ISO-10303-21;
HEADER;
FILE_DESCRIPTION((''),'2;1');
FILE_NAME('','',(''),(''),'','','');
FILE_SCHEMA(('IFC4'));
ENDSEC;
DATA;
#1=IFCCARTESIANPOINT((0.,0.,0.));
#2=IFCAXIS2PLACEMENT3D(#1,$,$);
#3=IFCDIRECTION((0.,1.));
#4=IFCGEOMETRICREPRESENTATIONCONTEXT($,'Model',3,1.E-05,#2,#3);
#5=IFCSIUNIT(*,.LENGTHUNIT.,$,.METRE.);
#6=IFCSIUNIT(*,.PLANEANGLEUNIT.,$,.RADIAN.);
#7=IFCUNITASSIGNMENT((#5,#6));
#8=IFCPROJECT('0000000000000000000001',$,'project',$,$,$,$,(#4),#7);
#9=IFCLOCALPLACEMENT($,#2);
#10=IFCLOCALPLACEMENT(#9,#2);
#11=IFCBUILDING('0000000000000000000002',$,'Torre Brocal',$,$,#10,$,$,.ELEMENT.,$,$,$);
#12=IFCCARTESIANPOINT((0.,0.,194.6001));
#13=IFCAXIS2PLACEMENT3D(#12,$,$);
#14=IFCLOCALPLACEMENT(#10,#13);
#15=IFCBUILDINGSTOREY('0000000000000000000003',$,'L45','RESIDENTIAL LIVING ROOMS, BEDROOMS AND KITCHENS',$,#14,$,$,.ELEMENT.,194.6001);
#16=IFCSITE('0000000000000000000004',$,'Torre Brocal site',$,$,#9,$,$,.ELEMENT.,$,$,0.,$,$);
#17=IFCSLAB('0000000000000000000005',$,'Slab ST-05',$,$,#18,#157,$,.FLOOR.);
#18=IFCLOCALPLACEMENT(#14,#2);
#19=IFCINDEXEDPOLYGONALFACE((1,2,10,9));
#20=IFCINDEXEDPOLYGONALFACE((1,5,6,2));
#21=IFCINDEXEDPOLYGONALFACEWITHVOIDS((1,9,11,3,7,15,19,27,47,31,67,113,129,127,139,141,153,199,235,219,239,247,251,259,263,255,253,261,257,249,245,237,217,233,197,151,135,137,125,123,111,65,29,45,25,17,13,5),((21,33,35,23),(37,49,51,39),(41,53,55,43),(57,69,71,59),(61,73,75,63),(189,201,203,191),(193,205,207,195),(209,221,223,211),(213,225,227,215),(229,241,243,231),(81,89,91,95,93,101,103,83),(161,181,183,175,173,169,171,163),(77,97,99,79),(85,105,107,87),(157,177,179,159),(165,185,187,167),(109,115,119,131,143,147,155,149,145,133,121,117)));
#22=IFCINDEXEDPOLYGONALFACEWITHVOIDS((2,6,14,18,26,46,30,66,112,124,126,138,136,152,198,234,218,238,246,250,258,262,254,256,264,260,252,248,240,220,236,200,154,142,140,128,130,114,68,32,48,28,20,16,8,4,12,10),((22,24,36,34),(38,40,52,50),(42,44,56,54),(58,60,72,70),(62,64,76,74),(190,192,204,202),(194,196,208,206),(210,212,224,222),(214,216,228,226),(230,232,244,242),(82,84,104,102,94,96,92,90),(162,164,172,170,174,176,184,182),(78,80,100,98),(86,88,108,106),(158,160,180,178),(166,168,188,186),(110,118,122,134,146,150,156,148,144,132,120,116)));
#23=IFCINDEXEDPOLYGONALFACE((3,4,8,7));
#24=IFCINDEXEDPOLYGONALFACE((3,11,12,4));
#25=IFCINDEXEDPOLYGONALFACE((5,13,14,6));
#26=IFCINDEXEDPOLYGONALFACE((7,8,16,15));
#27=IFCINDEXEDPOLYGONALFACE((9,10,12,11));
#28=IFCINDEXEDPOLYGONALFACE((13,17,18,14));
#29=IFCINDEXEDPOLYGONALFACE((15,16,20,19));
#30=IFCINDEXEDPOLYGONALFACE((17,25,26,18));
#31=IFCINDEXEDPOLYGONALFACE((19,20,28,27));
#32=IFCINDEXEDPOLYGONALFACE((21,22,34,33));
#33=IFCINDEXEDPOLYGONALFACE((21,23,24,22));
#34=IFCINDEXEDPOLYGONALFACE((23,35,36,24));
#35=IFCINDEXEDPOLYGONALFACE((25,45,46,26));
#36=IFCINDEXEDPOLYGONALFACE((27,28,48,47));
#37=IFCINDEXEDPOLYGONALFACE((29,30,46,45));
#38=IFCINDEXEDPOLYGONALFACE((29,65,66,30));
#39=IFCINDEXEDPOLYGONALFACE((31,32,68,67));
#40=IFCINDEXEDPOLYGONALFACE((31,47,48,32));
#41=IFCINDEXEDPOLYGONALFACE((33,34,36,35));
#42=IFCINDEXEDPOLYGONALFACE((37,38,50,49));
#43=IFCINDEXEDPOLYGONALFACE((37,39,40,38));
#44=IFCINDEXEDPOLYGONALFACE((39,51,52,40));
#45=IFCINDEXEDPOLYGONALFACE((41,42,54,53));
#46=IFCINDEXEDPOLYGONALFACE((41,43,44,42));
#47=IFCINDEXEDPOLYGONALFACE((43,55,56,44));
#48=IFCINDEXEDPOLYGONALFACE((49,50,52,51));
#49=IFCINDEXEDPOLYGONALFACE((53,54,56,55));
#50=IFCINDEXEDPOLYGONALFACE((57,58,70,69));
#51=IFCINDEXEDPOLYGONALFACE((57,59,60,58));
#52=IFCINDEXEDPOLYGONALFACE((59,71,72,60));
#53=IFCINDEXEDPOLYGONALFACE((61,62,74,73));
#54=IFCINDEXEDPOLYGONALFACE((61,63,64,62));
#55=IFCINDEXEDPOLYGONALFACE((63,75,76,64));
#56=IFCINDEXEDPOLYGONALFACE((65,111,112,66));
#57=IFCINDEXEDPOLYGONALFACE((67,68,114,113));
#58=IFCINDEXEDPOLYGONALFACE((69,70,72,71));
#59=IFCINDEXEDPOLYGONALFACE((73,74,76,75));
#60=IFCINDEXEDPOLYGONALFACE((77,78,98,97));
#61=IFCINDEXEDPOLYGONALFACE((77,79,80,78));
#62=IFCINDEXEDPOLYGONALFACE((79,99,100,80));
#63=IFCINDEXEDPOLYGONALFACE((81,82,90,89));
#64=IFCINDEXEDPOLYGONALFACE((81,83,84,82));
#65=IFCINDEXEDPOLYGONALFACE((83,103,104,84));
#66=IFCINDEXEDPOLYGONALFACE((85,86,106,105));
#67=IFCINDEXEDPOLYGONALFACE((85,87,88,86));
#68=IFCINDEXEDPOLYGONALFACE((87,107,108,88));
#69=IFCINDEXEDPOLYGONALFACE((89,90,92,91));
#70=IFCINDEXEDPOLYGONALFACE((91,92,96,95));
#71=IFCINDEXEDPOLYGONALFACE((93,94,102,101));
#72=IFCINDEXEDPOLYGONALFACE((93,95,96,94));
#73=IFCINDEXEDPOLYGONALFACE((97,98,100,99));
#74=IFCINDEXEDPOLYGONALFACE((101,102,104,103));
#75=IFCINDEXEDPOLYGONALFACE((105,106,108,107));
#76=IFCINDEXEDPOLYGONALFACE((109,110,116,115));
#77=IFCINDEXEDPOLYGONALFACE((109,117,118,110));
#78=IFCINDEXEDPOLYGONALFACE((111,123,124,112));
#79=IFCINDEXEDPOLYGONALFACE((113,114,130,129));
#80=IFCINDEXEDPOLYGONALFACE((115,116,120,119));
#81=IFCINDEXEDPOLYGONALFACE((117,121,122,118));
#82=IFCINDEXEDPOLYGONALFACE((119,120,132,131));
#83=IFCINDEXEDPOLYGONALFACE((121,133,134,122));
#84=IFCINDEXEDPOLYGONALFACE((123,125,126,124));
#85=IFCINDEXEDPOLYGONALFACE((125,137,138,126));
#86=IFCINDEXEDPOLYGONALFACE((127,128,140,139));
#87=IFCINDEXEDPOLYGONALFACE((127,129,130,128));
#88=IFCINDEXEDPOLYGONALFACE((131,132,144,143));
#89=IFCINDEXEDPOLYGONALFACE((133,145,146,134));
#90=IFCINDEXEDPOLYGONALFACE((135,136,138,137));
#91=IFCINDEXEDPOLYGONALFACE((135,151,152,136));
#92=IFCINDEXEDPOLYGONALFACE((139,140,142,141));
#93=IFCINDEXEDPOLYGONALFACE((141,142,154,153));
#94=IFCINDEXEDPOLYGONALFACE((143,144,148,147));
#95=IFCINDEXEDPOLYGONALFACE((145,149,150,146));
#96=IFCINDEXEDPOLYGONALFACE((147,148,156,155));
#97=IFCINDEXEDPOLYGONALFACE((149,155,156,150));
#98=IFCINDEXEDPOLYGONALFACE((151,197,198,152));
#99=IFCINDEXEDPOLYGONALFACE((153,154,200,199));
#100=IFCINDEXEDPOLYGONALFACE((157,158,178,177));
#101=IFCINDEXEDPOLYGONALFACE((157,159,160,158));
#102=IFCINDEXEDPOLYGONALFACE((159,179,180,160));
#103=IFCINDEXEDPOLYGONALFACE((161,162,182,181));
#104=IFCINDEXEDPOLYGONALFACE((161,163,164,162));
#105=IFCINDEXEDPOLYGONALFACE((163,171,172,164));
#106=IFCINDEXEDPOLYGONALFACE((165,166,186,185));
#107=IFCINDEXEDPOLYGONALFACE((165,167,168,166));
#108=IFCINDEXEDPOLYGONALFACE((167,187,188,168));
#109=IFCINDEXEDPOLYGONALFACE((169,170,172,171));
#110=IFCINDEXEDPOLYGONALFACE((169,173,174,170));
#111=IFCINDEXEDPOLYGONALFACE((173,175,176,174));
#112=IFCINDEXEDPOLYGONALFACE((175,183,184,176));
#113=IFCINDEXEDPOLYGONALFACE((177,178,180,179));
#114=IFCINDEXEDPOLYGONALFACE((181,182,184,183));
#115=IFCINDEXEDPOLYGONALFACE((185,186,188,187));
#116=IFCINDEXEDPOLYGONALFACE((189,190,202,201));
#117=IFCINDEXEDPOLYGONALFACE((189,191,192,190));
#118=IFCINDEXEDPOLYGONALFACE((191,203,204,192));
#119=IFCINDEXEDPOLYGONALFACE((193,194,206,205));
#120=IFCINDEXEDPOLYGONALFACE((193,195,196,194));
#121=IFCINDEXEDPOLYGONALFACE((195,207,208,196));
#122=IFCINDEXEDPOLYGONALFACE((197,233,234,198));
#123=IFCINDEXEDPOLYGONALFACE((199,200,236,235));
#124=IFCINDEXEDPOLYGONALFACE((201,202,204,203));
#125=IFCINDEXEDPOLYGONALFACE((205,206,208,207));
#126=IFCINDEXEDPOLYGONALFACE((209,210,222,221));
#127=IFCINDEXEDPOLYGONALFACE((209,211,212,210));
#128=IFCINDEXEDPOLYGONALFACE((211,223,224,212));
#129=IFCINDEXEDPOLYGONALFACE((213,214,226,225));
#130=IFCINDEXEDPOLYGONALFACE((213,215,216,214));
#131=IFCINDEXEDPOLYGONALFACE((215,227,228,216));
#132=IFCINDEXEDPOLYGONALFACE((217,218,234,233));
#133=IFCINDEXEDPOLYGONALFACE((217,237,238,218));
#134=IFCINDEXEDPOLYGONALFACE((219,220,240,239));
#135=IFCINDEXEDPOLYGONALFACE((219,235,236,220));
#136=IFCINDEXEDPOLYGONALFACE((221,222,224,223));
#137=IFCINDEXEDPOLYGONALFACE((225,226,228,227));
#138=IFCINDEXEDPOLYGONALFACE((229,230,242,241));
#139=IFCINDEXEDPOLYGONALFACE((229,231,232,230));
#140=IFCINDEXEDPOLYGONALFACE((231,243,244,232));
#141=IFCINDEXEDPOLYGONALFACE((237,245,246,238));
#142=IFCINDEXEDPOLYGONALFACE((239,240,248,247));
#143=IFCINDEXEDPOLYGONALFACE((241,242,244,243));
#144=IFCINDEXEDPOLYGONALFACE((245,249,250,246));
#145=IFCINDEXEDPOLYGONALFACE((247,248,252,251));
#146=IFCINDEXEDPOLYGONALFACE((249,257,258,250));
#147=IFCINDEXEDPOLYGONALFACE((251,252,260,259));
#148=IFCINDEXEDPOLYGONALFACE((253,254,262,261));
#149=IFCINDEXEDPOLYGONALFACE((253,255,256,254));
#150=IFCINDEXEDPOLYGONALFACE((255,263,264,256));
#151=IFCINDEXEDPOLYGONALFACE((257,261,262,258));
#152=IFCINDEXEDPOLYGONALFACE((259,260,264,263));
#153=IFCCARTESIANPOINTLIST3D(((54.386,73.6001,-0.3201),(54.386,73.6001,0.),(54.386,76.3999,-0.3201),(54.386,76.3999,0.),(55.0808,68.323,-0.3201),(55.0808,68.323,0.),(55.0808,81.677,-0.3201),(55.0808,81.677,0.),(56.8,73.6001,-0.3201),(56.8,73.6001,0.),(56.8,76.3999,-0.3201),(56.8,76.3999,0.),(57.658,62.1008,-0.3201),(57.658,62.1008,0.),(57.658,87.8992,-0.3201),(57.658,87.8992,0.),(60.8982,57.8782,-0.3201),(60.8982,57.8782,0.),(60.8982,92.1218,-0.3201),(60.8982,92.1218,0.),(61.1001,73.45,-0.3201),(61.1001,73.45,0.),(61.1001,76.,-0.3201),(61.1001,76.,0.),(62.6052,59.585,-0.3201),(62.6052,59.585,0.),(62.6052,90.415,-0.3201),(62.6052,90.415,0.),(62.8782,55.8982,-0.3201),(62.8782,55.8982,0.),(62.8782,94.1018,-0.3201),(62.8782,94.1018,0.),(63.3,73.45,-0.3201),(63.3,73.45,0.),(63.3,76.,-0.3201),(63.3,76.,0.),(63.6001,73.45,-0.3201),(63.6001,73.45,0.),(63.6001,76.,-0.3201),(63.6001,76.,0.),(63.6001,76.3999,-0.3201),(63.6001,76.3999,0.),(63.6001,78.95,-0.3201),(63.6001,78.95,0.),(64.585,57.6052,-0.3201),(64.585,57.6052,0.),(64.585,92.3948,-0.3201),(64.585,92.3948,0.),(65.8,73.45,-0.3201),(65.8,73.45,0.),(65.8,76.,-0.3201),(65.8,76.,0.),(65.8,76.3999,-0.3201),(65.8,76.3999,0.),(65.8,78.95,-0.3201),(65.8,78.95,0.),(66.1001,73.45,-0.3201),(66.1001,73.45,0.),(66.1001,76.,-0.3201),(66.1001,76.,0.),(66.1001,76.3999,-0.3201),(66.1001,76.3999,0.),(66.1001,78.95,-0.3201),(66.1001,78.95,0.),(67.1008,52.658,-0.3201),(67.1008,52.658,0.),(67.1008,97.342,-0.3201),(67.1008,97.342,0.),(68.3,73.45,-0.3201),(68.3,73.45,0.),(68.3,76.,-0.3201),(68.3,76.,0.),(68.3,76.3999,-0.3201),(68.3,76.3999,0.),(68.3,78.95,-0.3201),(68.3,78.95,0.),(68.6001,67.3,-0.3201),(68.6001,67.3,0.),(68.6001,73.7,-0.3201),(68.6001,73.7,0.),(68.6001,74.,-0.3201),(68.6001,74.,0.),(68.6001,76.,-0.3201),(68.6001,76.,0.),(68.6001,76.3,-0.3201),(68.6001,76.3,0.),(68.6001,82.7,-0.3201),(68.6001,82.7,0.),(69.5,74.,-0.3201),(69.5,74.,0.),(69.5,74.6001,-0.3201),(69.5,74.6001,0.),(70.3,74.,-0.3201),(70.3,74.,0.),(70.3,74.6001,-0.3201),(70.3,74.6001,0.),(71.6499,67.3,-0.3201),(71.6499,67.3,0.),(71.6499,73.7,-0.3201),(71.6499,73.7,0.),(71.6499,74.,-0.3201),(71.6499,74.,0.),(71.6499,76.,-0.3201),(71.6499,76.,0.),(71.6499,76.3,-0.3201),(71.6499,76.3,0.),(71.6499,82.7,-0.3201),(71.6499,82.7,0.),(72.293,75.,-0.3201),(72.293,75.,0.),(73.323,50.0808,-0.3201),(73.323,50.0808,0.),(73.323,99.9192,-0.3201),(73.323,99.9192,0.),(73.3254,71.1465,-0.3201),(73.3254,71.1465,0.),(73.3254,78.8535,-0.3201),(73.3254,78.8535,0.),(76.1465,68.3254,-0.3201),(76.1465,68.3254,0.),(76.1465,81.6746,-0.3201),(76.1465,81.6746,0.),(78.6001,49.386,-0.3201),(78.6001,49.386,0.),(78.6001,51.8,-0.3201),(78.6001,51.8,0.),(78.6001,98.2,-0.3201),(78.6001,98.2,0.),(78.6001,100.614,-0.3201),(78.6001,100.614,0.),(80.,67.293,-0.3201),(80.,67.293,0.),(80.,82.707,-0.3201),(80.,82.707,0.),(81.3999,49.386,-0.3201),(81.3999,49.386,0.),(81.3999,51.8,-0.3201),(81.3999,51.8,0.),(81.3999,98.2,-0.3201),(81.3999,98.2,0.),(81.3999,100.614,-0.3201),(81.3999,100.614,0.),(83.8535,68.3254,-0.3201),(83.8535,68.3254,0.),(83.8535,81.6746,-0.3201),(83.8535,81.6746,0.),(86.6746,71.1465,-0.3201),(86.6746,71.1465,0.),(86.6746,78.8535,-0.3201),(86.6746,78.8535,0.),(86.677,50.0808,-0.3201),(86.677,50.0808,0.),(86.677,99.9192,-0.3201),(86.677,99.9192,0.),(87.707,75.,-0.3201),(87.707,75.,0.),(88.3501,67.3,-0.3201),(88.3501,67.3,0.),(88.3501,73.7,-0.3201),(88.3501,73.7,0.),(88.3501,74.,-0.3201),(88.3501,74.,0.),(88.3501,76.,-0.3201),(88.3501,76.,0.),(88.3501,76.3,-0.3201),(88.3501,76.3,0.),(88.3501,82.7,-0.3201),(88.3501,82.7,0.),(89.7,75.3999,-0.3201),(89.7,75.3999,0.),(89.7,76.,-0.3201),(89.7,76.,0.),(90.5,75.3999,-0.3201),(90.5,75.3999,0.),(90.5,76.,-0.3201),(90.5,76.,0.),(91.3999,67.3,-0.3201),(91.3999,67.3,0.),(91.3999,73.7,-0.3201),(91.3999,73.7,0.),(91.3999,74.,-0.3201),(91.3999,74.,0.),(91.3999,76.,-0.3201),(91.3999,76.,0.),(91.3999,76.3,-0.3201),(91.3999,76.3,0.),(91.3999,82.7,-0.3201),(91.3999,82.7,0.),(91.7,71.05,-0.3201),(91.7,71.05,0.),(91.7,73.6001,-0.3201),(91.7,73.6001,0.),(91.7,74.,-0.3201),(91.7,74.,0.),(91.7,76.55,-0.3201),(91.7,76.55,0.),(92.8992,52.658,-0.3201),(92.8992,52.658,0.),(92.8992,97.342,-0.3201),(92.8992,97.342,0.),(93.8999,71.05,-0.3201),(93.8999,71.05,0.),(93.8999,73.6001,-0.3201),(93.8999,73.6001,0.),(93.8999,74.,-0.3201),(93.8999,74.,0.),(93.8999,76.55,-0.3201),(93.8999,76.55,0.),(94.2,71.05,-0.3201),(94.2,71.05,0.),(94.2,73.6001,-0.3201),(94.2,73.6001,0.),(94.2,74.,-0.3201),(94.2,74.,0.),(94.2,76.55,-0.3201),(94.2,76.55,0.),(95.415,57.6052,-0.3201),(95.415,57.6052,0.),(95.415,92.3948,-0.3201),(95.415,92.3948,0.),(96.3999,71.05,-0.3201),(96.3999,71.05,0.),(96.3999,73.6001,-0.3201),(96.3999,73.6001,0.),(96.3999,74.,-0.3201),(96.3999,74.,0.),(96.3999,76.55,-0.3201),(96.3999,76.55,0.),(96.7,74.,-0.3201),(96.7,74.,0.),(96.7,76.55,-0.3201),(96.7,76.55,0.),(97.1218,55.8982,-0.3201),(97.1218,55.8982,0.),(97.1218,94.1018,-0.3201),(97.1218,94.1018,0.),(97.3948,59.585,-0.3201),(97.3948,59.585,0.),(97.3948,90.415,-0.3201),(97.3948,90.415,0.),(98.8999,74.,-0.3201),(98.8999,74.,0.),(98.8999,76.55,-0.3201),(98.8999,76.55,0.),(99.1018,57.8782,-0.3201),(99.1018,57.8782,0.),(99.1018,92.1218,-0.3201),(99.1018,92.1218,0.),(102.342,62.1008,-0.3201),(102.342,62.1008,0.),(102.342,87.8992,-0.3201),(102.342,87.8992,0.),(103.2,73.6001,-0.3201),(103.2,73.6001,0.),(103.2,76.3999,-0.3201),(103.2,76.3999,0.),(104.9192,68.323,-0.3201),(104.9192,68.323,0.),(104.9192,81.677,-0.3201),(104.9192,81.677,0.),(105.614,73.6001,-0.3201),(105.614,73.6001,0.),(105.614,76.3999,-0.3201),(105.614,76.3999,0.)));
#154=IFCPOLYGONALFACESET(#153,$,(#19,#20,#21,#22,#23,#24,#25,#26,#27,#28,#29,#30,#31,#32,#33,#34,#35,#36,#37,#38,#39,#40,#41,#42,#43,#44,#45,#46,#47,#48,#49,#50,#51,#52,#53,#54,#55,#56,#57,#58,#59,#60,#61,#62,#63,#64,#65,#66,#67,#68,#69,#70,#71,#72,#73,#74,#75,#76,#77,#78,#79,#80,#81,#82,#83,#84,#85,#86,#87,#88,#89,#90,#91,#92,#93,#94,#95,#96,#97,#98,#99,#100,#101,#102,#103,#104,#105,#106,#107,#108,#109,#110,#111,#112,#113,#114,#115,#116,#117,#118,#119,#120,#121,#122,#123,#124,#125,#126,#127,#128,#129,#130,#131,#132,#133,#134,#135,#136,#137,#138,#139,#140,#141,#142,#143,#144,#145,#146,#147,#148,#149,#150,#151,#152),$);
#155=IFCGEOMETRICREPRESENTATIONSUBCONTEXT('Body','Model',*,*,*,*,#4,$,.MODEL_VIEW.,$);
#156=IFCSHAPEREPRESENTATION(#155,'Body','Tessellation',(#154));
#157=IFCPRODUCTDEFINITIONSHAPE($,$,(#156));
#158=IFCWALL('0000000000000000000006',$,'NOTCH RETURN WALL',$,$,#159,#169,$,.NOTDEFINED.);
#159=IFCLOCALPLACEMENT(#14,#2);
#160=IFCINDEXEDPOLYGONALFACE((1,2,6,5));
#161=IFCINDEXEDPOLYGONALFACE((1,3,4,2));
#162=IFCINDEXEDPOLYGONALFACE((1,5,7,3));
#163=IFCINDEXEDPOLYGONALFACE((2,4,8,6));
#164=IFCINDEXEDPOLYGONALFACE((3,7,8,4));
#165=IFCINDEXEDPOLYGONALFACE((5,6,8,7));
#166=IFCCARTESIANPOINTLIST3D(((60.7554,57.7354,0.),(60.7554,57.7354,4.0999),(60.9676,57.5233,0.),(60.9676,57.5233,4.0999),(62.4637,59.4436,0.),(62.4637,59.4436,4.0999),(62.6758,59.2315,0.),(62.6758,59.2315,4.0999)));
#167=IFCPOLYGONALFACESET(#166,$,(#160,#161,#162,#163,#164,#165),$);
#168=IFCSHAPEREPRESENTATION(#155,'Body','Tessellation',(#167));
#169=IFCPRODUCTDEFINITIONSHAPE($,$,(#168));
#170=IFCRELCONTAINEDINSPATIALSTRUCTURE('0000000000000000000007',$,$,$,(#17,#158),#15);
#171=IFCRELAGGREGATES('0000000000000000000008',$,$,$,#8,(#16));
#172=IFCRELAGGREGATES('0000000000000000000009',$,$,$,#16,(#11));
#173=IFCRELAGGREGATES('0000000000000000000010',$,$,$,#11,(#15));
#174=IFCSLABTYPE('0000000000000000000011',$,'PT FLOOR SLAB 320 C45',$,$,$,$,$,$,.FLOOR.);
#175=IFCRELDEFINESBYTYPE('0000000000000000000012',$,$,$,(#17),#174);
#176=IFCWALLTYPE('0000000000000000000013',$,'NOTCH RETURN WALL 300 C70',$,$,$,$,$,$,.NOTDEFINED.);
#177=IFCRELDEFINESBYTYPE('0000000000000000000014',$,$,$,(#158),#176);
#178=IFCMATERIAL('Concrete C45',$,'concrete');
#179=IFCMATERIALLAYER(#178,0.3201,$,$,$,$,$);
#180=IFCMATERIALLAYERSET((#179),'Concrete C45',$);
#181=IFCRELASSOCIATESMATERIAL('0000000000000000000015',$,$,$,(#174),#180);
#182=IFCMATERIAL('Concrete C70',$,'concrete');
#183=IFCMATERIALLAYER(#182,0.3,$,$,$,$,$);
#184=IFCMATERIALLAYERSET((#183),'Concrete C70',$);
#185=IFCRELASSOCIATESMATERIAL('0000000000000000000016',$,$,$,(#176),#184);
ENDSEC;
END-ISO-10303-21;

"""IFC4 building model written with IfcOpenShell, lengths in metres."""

from ifc_helpers import new_model, si_unit, direction, frame, frame_2d, origin, place, context, subcontext, project, spatial, polyline, rectangle, outline, extrude, material, layer, layer_set, type_object, element, save


model = new_model("IFC4")

# Units and contexts
model_context = context("Model", 3, precision=1e-05, world=origin(), true_north=direction((0.0, 1.0)))
body_context = subcontext(model_context, "Body", "Model", "MODEL_VIEW")
ifc_project = project(units=[si_unit("LENGTHUNIT", "METRE"), si_unit("PLANEANGLEUNIT", "RADIAN")], contexts=[model_context])

# Site, building, storey
site_placement = place(None, origin())
site = spatial("IfcSite", under=ifc_project, at=site_placement, Name="Torre Brocal site", CompositionType="ELEMENT", RefElevation=0.0)
building_placement = place(site_placement, origin())
building = spatial("IfcBuilding", under=site, at=building_placement, Name="Torre Brocal", CompositionType="ELEMENT")
storey_placement = place(building_placement, frame((0.0, 0.0, 194.6001)))
storey = spatial("IfcBuildingStorey", under=building, at=storey_placement, Name="L45", Description="RESIDENTIAL LIVING ROOMS, BEDROOMS AND KITCHENS", CompositionType="ELEMENT", Elevation=194.6001)

# Slab
ifc_material_1 = material(Name="Concrete C45", Category="concrete")
ifc_layer_1 = layer(ifc_material_1, 0.3201)
ifc_layer_set_1 = layer_set([ifc_layer_1], Name="Concrete C45")
slab_type_1 = type_object("IfcSlabType", Name="PT FLOOR SLAB 320 C45", PredefinedType="FLOOR", material=ifc_layer_set_1)
slab_1_placement = place(storey_placement, frame((0.0, 0.0, -0.3201)))
element("IfcSlab", 1, at=slab_1_placement, inside=storey, type_object=slab_type_1, Name="Slab ST-05", PredefinedType="FLOOR", context=body_context, shape_type="SweptSolid", body=[
    extrude(outline(polyline([(103.2, 76.3999), (103.2, 73.6001), (105.614, 73.6001), (104.9192, 68.323), (102.342, 62.1008), (99.1018, 57.8782), (97.3948, 59.585), (95.415, 57.6052), (97.1218, 55.8982), (92.8992, 52.658), (86.677, 50.0808), (81.3999, 49.386), (81.3999, 51.8), (78.6001, 51.8), (78.6001, 49.386), (73.323, 50.0808), (67.1008, 52.658), (62.8782, 55.8982), (64.585, 57.6052), (62.6052, 59.585), (60.8982, 57.8782), (57.658, 62.1008), (55.0808, 68.323), (54.386, 73.6001), (56.8, 73.6001), (56.8, 76.3999), (54.386, 76.3999), (55.0808, 81.677), (57.658, 87.8992), (60.8982, 92.1218), (62.6052, 90.415), (64.585, 92.3948), (62.8782, 94.1018), (67.1008, 97.342), (73.323, 99.9192), (78.6001, 100.614), (78.6001, 98.2), (81.3999, 98.2), (81.3999, 100.614), (86.677, 99.9192), (92.8992, 97.342), (97.1218, 94.1018), (95.415, 92.3948), (97.3948, 90.415), (99.1018, 92.1218), (102.342, 87.8992), (104.9192, 81.677), (105.614, 76.3999), (103.2, 76.3999)]), holes=[polyline([(98.8999, 76.55), (96.7, 76.55), (96.7, 74.0), (98.8999, 74.0), (98.8999, 76.55)]), polyline([(96.3999, 76.55), (94.2, 76.55), (94.2, 74.0), (96.3999, 74.0), (96.3999, 76.55)]), polyline([(96.3999, 73.6001), (94.2, 73.6001), (94.2, 71.05), (96.3999, 71.05), (96.3999, 73.6001)]), polyline([(93.8999, 76.55), (91.7, 76.55), (91.7, 74.0), (93.8999, 74.0), (93.8999, 76.55)]), polyline([(93.8999, 73.6001), (91.7, 73.6001), (91.7, 71.05), (93.8999, 71.05), (93.8999, 73.6001)]), polyline([(89.7, 76.0), (88.3501, 76.0), (88.3501, 74.0), (91.3999, 74.0), (91.3999, 76.0), (90.5, 76.0), (90.5, 75.3999), (89.7, 75.3999), (89.7, 76.0)]), polyline([(91.3999, 82.7), (88.3501, 82.7), (88.3501, 76.3), (91.3999, 76.3), (91.3999, 82.7)]), polyline([(91.3999, 73.7), (88.3501, 73.7), (88.3501, 67.3), (91.3999, 67.3), (91.3999, 73.7)]), polyline([(80.0, 82.707), (76.1465, 81.6746), (73.3254, 78.8535), (72.293, 75.0), (73.3254, 71.1465), (76.1465, 68.3254), (80.0, 67.293), (83.8535, 68.3254), (86.6746, 71.1465), (87.707, 75.0), (86.6746, 78.8535), (83.8535, 81.6746), (80.0, 82.707)]), polyline([(70.3, 74.0), (71.6499, 74.0), (71.6499, 76.0), (68.6001, 76.0), (68.6001, 74.0), (69.5, 74.0), (69.5, 74.6001), (70.3, 74.6001), (70.3, 74.0)]), polyline([(68.6001, 76.3), (71.6499, 76.3), (71.6499, 82.7), (68.6001, 82.7), (68.6001, 76.3)]), polyline([(68.6001, 67.3), (71.6499, 67.3), (71.6499, 73.7), (68.6001, 73.7), (68.6001, 67.3)]), polyline([(66.1001, 76.3999), (68.3, 76.3999), (68.3, 78.95), (66.1001, 78.95), (66.1001, 76.3999)]), polyline([(66.1001, 73.45), (68.3, 73.45), (68.3, 76.0), (66.1001, 76.0), (66.1001, 73.45)]), polyline([(63.6001, 76.3999), (65.8, 76.3999), (65.8, 78.95), (63.6001, 78.95), (63.6001, 76.3999)]), polyline([(63.6001, 73.45), (65.8, 73.45), (65.8, 76.0), (63.6001, 76.0), (63.6001, 73.45)]), polyline([(61.1001, 73.45), (63.3, 73.45), (63.3, 76.0), (61.1001, 76.0), (61.1001, 73.45)])]), origin(), (0.0, 0.0, 1.0), 0.3201),
])

# Wall
ifc_material_2 = material(Name="Concrete C70", Category="concrete")
ifc_layer_2 = layer(ifc_material_2, 0.3)
ifc_layer_set_2 = layer_set([ifc_layer_2], Name="Concrete C70")
wall_type_1 = type_object("IfcWallType", Name="NOTCH RETURN WALL 300 C70", PredefinedType="NOTDEFINED", material=ifc_layer_set_2)
for number, where, z_axis, x_axis, name in (
    (2, (62.5698, 59.3376, 0.0), (0.0, 0.0, 1.0), (-0.707107, -0.707107, 0.0), "NOTCH RETURN WALL"),
):
    element("IfcWall", number, at=place(storey_placement, frame(where, z_axis=z_axis, x_axis=x_axis)), inside=storey, type_object=wall_type_1, Name=name, PredefinedType="NOTDEFINED", context=body_context, shape_type="SweptSolid", body=[
        extrude(rectangle(XDim=2.4158, YDim=0.3, at=frame_2d((1.208, 0.0))), origin(), (0.0, 0.0, 1.0), 4.0999),
    ])

save(model, "model.ifc")
